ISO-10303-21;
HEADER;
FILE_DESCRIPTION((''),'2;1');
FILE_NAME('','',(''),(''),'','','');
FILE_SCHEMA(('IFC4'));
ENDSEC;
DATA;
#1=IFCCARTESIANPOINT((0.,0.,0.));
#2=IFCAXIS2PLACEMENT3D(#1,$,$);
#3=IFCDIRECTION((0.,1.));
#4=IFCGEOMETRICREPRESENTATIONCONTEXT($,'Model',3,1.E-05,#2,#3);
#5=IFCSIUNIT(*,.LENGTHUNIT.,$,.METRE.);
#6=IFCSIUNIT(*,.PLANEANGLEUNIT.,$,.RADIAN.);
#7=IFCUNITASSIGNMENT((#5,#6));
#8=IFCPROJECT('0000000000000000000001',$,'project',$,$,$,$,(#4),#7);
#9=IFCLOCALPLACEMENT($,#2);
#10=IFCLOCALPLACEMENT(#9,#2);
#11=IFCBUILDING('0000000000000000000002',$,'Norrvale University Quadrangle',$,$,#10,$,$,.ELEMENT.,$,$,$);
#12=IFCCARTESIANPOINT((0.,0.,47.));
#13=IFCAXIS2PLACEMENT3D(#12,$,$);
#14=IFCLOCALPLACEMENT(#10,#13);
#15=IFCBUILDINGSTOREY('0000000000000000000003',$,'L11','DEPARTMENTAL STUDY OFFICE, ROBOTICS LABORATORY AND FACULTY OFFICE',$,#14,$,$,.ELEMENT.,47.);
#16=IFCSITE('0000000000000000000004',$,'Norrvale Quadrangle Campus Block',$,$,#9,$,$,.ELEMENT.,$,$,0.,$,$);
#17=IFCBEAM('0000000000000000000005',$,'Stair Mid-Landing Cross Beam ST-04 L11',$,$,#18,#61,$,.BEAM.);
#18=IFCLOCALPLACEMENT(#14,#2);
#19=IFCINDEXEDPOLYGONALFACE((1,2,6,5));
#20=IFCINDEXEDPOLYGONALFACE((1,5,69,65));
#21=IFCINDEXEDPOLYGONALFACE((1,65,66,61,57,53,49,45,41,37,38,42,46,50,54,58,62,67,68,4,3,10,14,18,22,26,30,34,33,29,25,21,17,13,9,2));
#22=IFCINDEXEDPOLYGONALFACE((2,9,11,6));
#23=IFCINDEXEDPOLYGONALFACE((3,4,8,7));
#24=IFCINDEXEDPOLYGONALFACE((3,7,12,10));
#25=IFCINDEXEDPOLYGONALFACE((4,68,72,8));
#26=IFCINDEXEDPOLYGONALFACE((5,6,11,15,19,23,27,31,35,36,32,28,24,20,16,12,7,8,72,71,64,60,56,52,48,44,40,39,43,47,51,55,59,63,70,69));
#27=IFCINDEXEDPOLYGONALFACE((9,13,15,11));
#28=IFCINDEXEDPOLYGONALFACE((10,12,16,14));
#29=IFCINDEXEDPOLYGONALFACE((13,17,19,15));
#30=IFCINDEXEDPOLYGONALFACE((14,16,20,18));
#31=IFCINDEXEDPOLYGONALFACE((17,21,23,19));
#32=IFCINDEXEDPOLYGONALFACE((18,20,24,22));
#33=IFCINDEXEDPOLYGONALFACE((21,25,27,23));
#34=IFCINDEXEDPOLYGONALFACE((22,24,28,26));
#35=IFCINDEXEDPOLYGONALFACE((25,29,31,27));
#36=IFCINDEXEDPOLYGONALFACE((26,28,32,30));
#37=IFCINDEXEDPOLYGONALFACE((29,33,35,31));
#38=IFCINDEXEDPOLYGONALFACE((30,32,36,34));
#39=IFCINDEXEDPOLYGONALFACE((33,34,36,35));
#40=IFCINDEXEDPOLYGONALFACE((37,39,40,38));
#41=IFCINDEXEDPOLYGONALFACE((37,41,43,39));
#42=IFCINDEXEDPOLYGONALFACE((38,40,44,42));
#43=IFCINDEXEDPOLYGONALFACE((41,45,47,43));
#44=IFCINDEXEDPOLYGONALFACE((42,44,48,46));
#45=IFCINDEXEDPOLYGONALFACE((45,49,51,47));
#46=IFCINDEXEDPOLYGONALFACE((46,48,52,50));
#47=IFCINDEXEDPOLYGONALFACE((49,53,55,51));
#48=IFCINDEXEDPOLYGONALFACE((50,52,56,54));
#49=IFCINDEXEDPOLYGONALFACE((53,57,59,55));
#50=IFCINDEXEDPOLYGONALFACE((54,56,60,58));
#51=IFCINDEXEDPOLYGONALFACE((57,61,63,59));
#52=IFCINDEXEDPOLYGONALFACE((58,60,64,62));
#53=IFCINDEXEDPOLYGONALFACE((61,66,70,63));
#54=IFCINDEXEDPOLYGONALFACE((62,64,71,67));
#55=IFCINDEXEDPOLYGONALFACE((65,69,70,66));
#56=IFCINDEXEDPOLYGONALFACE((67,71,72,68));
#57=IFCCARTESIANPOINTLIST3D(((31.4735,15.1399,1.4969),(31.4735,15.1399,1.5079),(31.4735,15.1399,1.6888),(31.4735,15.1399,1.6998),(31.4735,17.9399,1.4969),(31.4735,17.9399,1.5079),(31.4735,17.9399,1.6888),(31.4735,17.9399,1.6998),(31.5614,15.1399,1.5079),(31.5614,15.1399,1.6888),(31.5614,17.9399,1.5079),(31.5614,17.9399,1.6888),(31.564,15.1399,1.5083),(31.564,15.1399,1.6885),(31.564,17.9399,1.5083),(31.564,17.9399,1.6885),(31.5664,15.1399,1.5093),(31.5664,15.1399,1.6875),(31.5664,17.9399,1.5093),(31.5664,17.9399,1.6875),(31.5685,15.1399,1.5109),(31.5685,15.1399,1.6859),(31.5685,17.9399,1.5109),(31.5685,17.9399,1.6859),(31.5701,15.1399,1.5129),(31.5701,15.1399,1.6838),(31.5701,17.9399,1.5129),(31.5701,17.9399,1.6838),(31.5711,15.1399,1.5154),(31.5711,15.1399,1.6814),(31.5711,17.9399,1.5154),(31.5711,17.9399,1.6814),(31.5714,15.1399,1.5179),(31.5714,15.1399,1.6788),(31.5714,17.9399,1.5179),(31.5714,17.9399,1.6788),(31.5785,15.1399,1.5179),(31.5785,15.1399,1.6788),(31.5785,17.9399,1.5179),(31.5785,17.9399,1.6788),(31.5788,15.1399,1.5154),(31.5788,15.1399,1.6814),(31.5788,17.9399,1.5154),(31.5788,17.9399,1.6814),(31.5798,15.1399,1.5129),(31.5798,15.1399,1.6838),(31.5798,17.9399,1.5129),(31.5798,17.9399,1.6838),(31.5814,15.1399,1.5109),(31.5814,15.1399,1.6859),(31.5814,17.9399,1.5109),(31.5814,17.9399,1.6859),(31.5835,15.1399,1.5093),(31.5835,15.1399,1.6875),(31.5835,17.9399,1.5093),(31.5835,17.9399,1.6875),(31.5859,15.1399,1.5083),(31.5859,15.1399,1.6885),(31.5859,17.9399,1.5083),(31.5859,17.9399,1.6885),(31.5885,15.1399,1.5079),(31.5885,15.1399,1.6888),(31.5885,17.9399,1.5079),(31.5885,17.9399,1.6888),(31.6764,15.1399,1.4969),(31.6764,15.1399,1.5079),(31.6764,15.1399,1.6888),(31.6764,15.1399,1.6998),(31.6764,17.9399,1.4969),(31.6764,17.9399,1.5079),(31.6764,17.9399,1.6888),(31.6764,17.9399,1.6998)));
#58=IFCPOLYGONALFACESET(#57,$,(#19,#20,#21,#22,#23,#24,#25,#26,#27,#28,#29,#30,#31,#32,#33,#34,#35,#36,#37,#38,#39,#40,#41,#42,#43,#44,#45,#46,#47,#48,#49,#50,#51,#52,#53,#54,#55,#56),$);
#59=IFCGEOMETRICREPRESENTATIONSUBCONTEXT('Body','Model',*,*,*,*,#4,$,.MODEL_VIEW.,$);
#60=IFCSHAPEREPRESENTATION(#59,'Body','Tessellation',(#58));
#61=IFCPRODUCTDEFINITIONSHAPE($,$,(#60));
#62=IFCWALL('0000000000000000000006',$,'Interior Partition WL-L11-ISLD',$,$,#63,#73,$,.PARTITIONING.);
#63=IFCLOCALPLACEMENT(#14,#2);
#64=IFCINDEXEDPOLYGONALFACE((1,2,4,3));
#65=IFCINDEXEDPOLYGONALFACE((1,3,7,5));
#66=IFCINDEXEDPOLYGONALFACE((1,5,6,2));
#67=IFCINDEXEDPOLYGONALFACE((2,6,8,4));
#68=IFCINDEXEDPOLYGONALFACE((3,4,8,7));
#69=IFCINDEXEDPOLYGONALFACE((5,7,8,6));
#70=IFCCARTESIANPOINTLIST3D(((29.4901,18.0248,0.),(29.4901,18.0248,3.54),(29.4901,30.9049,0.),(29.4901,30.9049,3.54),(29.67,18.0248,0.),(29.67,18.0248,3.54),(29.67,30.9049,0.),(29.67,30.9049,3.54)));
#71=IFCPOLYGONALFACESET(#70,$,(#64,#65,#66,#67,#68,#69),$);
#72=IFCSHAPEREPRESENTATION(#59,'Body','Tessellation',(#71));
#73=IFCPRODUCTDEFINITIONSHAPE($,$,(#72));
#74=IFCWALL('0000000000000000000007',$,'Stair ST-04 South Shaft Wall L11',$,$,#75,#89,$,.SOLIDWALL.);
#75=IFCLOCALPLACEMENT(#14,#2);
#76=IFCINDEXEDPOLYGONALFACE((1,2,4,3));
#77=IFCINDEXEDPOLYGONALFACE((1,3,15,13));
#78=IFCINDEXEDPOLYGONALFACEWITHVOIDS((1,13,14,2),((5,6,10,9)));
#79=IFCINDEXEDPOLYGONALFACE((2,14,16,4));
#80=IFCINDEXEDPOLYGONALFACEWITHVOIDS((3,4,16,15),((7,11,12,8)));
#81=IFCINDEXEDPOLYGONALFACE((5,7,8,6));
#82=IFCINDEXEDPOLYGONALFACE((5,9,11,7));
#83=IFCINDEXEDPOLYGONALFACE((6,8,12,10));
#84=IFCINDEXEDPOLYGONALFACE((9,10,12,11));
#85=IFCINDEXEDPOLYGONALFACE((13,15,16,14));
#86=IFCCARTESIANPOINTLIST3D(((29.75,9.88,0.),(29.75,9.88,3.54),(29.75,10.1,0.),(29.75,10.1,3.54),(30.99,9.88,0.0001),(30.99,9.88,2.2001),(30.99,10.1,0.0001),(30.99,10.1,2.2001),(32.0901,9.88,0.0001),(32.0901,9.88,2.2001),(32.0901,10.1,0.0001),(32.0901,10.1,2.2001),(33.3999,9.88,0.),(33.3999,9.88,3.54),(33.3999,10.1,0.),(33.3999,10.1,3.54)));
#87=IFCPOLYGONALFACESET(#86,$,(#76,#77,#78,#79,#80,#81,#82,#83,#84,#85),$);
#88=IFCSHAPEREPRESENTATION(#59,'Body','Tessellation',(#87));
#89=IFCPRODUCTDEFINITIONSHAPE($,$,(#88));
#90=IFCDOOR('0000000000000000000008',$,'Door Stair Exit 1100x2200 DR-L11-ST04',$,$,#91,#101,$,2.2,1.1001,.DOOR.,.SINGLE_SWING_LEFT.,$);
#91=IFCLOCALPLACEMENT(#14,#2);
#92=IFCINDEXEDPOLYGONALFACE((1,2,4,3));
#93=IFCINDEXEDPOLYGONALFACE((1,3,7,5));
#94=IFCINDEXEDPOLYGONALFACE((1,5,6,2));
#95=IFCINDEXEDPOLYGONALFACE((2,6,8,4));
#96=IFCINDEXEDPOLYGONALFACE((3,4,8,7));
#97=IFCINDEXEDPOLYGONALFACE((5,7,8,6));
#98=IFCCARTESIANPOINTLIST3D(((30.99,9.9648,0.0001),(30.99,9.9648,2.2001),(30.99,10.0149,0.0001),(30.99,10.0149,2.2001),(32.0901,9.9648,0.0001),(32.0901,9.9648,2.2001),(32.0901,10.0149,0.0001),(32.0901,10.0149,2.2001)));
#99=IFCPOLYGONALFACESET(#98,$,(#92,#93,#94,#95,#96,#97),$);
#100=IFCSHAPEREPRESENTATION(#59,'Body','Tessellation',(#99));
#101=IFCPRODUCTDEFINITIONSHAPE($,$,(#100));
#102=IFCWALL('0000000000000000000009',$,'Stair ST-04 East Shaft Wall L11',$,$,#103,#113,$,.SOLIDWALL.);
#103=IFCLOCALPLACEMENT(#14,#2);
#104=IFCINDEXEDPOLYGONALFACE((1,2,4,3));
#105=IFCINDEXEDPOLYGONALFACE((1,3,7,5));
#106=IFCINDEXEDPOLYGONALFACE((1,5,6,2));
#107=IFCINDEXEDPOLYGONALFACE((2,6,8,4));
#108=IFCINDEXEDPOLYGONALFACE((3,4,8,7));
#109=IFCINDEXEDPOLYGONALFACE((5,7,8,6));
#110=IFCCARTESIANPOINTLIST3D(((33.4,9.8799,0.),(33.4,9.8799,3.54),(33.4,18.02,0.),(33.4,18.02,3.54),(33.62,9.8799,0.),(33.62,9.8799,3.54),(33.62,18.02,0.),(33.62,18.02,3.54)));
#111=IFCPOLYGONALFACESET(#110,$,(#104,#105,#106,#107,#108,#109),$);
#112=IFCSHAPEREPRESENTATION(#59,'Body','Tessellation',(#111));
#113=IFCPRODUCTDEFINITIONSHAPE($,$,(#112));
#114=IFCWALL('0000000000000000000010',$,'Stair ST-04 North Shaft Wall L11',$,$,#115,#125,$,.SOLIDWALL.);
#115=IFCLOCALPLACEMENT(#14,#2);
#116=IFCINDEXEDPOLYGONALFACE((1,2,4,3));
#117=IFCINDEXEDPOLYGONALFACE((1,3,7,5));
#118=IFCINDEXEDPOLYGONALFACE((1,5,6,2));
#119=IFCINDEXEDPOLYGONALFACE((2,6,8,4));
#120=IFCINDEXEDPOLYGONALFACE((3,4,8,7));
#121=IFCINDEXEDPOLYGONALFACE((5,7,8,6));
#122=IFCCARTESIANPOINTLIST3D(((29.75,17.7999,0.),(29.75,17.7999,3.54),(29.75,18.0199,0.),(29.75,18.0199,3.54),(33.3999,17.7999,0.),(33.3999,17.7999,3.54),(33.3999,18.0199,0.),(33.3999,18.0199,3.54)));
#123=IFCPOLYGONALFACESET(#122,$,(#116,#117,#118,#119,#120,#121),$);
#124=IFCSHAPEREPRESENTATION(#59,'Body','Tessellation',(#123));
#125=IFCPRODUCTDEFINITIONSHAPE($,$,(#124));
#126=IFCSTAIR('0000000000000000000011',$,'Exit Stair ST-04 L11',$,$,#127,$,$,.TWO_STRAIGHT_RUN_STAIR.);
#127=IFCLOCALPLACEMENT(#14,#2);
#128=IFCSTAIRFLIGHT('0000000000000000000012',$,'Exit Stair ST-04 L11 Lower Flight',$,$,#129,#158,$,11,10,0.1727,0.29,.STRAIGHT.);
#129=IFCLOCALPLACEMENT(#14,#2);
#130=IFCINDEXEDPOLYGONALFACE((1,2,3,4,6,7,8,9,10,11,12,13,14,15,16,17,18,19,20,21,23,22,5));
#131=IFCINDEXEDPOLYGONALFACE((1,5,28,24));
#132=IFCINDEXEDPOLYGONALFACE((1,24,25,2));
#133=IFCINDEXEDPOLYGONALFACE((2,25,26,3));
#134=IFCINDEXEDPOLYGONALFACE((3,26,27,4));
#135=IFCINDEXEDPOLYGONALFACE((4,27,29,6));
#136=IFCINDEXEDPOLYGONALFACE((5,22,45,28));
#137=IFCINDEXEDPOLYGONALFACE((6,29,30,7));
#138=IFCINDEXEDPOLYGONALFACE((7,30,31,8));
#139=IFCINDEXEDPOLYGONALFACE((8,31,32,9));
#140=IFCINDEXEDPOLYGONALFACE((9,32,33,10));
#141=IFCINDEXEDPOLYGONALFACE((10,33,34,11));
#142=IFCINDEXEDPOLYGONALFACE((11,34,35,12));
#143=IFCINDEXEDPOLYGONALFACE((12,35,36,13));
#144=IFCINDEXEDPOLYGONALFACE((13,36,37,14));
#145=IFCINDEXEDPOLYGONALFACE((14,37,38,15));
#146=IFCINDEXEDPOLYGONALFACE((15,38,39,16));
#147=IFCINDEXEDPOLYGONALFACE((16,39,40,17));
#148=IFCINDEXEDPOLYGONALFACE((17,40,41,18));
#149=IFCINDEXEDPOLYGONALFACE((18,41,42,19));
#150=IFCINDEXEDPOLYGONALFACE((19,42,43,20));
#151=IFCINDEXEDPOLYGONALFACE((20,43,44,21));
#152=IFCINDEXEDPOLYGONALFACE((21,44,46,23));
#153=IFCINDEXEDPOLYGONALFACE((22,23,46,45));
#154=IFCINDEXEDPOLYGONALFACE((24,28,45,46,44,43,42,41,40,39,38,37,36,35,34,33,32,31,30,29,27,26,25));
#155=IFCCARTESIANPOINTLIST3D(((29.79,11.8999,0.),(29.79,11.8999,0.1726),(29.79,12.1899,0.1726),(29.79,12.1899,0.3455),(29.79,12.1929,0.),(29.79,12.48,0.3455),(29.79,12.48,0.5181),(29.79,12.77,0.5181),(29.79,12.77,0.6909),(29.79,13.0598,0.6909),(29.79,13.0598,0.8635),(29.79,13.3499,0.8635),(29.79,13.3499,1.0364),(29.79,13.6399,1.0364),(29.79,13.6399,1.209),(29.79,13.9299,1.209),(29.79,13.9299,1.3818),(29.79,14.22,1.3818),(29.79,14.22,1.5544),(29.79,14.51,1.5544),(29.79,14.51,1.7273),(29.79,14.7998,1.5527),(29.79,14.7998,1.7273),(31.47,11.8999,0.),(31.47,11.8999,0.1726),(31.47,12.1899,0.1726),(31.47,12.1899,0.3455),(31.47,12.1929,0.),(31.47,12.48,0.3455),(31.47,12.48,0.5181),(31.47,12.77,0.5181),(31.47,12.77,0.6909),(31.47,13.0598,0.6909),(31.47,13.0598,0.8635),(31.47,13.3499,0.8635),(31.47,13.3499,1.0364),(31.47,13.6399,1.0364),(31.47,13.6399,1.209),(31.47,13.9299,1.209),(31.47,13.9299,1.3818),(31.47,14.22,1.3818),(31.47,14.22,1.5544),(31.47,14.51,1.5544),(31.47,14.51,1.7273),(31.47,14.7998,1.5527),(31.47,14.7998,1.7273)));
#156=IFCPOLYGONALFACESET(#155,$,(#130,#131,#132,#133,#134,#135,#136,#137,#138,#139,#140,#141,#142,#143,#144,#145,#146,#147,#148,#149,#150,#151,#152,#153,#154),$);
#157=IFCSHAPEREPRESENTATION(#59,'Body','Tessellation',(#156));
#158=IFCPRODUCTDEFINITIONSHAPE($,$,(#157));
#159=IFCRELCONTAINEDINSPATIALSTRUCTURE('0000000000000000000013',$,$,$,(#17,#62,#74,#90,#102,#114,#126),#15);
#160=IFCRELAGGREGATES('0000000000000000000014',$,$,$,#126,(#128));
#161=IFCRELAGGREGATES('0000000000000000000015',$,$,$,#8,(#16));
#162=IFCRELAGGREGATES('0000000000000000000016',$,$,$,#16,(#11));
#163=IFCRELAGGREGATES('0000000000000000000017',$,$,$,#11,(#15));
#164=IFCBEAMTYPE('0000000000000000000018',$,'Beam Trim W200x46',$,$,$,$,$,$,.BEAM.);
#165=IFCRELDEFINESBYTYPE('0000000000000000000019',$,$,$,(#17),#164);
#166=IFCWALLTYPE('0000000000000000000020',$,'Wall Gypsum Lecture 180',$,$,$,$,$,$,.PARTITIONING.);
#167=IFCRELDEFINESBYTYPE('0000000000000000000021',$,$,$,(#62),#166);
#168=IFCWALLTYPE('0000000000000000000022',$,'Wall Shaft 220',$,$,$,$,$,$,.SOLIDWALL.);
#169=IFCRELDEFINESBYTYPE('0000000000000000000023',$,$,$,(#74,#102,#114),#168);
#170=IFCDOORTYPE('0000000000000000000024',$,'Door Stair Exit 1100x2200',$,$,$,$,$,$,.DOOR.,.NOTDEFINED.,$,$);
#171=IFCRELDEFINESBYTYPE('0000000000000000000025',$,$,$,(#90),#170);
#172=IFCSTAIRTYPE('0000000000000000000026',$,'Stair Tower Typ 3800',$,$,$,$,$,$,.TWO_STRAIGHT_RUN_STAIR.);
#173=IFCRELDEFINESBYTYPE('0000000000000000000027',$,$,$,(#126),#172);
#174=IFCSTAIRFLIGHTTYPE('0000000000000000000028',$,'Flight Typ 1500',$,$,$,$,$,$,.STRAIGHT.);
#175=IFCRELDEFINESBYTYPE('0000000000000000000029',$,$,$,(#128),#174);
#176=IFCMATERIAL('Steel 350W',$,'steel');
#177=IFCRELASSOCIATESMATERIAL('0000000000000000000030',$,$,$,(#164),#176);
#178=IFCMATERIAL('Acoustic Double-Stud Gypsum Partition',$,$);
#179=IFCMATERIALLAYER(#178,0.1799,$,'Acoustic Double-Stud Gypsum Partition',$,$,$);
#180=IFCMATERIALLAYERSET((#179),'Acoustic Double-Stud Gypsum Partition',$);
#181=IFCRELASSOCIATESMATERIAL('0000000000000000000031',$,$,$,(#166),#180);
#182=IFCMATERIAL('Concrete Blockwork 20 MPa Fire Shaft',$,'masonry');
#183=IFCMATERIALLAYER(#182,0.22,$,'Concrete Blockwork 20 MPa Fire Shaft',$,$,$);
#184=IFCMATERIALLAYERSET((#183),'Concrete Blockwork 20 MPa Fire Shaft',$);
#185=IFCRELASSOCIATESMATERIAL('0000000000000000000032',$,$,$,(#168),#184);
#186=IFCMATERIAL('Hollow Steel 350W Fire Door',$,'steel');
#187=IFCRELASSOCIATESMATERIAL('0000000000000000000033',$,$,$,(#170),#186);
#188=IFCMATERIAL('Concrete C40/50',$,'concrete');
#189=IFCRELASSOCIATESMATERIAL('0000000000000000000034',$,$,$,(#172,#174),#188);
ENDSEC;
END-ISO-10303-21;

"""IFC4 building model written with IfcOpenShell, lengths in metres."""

from ifc_helpers import new_model, si_unit, direction, frame, frame_2d, origin, origin_2d, place, context, subcontext, project, spatial, polyline, rectangle, i_section, outline, extrude, material, layer, layer_set, material_profile, profile_set, type_object, element, fill, aggregate, save


model = new_model("IFC4")

# Units and contexts
model_context = context("Model", 3, precision=1e-05, world=origin(), true_north=direction((0.0, 1.0)))
body_context = subcontext(model_context, "Body", "Model", "MODEL_VIEW")
ifc_project = project(units=[si_unit("LENGTHUNIT", "METRE"), si_unit("PLANEANGLEUNIT", "RADIAN")], contexts=[model_context])

# Site, building, storey
site_placement = place(None, origin())
site = spatial("IfcSite", under=ifc_project, at=site_placement, Name="Norrvale Quadrangle Campus Block", CompositionType="ELEMENT", RefElevation=0.0)
building_placement = place(site_placement, origin())
building = spatial("IfcBuilding", under=site, at=building_placement, Name="Norrvale University Quadrangle", CompositionType="ELEMENT")
storey_placement = place(building_placement, frame((0.0, 0.0, 47.0)))
storey = spatial("IfcBuildingStorey", under=building, at=storey_placement, Name="L11", Description="DEPARTMENTAL STUDY OFFICE, ROBOTICS LABORATORY AND FACULTY OFFICE", CompositionType="ELEMENT", Elevation=47.0)

# Beam
ifc_material_1 = material(Name="Steel 350W", Category="steel")
ifc_material_profile_1 = material_profile(ifc_material_1, i_section(OverallWidth=0.2029, OverallDepth=0.2029, WebThickness=0.0071, FlangeThickness=0.011, FilletRadius=0.01, at=origin_2d()), Name="Steel 350W")
ifc_profile_set_1 = profile_set([ifc_material_profile_1], Name="Steel 350W")
beam_type_1 = type_object("IfcBeamType", Name="Beam Trim W200x46", PredefinedType="BEAM", material=ifc_profile_set_1)
beam_1_placement = place(storey_placement, frame((31.575, 15.1399, 1.5984), z_axis=(0.0, 1.0, 0.0), x_axis=(-1.0, 0.0, 0.0)))
element("IfcBeam", 1, at=beam_1_placement, inside=storey, type_object=beam_type_1, Name="Stair Mid-Landing Cross Beam ST-04 L11", PredefinedType="BEAM", context=body_context, shape_type="SweptSolid", body=[
    extrude(i_section(OverallWidth=0.2029, OverallDepth=0.2029, WebThickness=0.0071, FlangeThickness=0.011, FilletRadius=0.01, at=origin_2d()), origin(), (0.0, 0.0, 1.0), 2.8),
])

# Wall
ifc_material_2 = material(Name="Acoustic Double-Stud Gypsum Partition")
ifc_layer_1 = layer(ifc_material_2, 0.1799, Name="Acoustic Double-Stud Gypsum Partition")
ifc_layer_set_1 = layer_set([ifc_layer_1], Name="Acoustic Double-Stud Gypsum Partition")
wall_type_1 = type_object("IfcWallType", Name="Wall Gypsum Lecture 180", PredefinedType="PARTITIONING", material=ifc_layer_set_1)
wall_1_placement = place(storey_placement, frame((29.5801, 18.0249, 0.0), z_axis=(0.0, 0.0, 1.0), x_axis=(0.0, 1.0, 0.0)))
element("IfcWall", 2, at=wall_1_placement, inside=storey, type_object=wall_type_1, Name="Interior Partition WL-L11-ISLD", PredefinedType="PARTITIONING", context=body_context, shape_type="SweptSolid", body=[
    extrude(rectangle(XDim=12.8801, YDim=0.1799, at=frame_2d((6.4399, 0.0))), origin(), (0.0, 0.0, 1.0), 3.54),
])

# Wall, opening, door
ifc_material_3 = material(Name="Concrete Blockwork 20 MPa Fire Shaft", Category="masonry")
ifc_layer_2 = layer(ifc_material_3, 0.22, Name="Concrete Blockwork 20 MPa Fire Shaft")
ifc_layer_set_2 = layer_set([ifc_layer_2], Name="Concrete Blockwork 20 MPa Fire Shaft")
wall_type_2 = type_object("IfcWallType", Name="Wall Shaft 220", PredefinedType="SOLIDWALL", material=ifc_layer_set_2)
wall_2_placement = place(storey_placement, frame((29.75, 9.99, 0.0), z_axis=(0.0, 0.0, 1.0), x_axis=(1.0, 0.0, 0.0)))
wall_2 = element("IfcWall", 3, at=wall_2_placement, inside=storey, type_object=wall_type_2, Name="Stair ST-04 South Shaft Wall L11", PredefinedType="SOLIDWALL", context=body_context, shape_type="SweptSolid", body=[
    extrude(rectangle(XDim=3.6499, YDim=0.22, at=frame_2d((1.825, 0.0))), origin(), (0.0, 0.0, 1.0), 3.54),
])
opening_placement = place(wall_2_placement, frame((1.24, 0.0, 0.0)))
opening = element("IfcOpeningElement", 4, at=opening_placement, cuts=wall_2, PredefinedType="OPENING", context=body_context, shape_type="SweptSolid", body=[
    extrude(rectangle(XDim=1.1001, YDim=2.2, at=frame_2d((0.55, 1.1001))), frame((0.0, 0.1221, 0.0), z_axis=(0.0, -1.0, 0.0), x_axis=(1.0, 0.0, 0.0)), (0.0, 0.0, 1.0), 0.2439),
])
ifc_material_4 = material(Name="Hollow Steel 350W Fire Door", Category="steel")
door_type = type_object("IfcDoorType", Name="Door Stair Exit 1100x2200", OperationType="NOTDEFINED", PredefinedType="DOOR", material=ifc_material_4)
door_placement = place(opening_placement, origin())
door = element("IfcDoor", 5, at=door_placement, inside=storey, type_object=door_type, Name="Door Stair Exit 1100x2200 DR-L11-ST04", OperationType="SINGLE_SWING_LEFT", OverallHeight=2.2, OverallWidth=1.1001, PredefinedType="DOOR", context=body_context, shape_type="SweptSolid", body=[
    extrude(rectangle(XDim=1.1001, YDim=2.2, at=frame_2d((0.55, 1.1001))), frame((0.0, 0.0249, 0.0), z_axis=(0.0, -1.0, 0.0), x_axis=(1.0, 0.0, 0.0)), (0.0, 0.0, 1.0), 0.05),
])
fill(opening, door)

# Walls
wall_3_placement = place(storey_placement, frame((33.51, 9.8799, 0.0), z_axis=(0.0, 0.0, 1.0), x_axis=(0.0, 1.0, 0.0)))
element("IfcWall", 6, at=wall_3_placement, inside=storey, type_object=wall_type_2, Name="Stair ST-04 East Shaft Wall L11", PredefinedType="SOLIDWALL", context=body_context, shape_type="SweptSolid", body=[
    extrude(rectangle(XDim=8.1401, YDim=0.22, at=frame_2d((4.0701, 0.0))), origin(), (0.0, 0.0, 1.0), 3.54),
])
wall_4_placement = place(storey_placement, frame((29.75, 17.9099, 0.0), z_axis=(0.0, 0.0, 1.0), x_axis=(1.0, 0.0, 0.0)))
element("IfcWall", 7, at=wall_4_placement, inside=storey, type_object=wall_type_2, Name="Stair ST-04 North Shaft Wall L11", PredefinedType="SOLIDWALL", context=body_context, shape_type="SweptSolid", body=[
    extrude(rectangle(XDim=3.6499, YDim=0.22, at=frame_2d((1.825, 0.0))), origin(), (0.0, 0.0, 1.0), 3.54),
])

# Stair, stair flight
ifc_material_5 = material(Name="Concrete C40/50", Category="concrete")
stair_type = type_object("IfcStairType", Name="Stair Tower Typ 3800", PredefinedType="TWO_STRAIGHT_RUN_STAIR", material=ifc_material_5)
stair_placement = place(storey_placement, origin())
stair = element("IfcStair", 8, at=stair_placement, inside=storey, type_object=stair_type, Name="Exit Stair ST-04 L11", PredefinedType="TWO_STRAIGHT_RUN_STAIR")
stair_flight_type = type_object("IfcStairFlightType", Name="Flight Typ 1500", PredefinedType="STRAIGHT", material=ifc_material_5)
stair_flight_1_placement = place(storey_placement, frame((30.6299, 11.8999, 0.0), z_axis=(0.0, 0.0, 1.0), x_axis=(0.0, 1.0, 0.0)))
stair_flight_1 = element("IfcStairFlight", 9, at=stair_flight_1_placement, type_object=stair_flight_type, Name="Exit Stair ST-04 L11 Lower Flight", NumberOfRisers=11, NumberOfTreads=10, PredefinedType="STRAIGHT", RiserHeight=0.1727, TreadLength=0.29, context=body_context, shape_type="SweptSolid", body=[
    extrude(outline(polyline([(0.0, 0.0), (0.0, 0.1726), (0.29, 0.1726), (0.29, 0.3455), (0.5801, 0.3455), (0.5801, 0.5181), (0.8701, 0.5181), (0.8701, 0.6909), (1.1599, 0.6909), (1.1599, 0.8635), (1.45, 0.8635), (1.45, 1.0364), (1.74, 1.0364), (1.74, 1.209), (2.03, 1.209), (2.03, 1.3818), (2.3201, 1.3818), (2.3201, 1.5544), (2.6101, 1.5544), (2.6101, 1.7273), (2.8999, 1.7273), (2.8999, 1.8999), (2.8999, 1.5527), (0.293, 0.0), (0.0, 0.0)])), frame((0.0, 0.8398, 0.0), z_axis=(0.0, -1.0, 0.0), x_axis=(1.0, 0.0, 0.0)), (0.0, 0.0, 1.0), 1.6799),
])
aggregate(stair, [stair_flight_1])

save(model, "model.ifc")
